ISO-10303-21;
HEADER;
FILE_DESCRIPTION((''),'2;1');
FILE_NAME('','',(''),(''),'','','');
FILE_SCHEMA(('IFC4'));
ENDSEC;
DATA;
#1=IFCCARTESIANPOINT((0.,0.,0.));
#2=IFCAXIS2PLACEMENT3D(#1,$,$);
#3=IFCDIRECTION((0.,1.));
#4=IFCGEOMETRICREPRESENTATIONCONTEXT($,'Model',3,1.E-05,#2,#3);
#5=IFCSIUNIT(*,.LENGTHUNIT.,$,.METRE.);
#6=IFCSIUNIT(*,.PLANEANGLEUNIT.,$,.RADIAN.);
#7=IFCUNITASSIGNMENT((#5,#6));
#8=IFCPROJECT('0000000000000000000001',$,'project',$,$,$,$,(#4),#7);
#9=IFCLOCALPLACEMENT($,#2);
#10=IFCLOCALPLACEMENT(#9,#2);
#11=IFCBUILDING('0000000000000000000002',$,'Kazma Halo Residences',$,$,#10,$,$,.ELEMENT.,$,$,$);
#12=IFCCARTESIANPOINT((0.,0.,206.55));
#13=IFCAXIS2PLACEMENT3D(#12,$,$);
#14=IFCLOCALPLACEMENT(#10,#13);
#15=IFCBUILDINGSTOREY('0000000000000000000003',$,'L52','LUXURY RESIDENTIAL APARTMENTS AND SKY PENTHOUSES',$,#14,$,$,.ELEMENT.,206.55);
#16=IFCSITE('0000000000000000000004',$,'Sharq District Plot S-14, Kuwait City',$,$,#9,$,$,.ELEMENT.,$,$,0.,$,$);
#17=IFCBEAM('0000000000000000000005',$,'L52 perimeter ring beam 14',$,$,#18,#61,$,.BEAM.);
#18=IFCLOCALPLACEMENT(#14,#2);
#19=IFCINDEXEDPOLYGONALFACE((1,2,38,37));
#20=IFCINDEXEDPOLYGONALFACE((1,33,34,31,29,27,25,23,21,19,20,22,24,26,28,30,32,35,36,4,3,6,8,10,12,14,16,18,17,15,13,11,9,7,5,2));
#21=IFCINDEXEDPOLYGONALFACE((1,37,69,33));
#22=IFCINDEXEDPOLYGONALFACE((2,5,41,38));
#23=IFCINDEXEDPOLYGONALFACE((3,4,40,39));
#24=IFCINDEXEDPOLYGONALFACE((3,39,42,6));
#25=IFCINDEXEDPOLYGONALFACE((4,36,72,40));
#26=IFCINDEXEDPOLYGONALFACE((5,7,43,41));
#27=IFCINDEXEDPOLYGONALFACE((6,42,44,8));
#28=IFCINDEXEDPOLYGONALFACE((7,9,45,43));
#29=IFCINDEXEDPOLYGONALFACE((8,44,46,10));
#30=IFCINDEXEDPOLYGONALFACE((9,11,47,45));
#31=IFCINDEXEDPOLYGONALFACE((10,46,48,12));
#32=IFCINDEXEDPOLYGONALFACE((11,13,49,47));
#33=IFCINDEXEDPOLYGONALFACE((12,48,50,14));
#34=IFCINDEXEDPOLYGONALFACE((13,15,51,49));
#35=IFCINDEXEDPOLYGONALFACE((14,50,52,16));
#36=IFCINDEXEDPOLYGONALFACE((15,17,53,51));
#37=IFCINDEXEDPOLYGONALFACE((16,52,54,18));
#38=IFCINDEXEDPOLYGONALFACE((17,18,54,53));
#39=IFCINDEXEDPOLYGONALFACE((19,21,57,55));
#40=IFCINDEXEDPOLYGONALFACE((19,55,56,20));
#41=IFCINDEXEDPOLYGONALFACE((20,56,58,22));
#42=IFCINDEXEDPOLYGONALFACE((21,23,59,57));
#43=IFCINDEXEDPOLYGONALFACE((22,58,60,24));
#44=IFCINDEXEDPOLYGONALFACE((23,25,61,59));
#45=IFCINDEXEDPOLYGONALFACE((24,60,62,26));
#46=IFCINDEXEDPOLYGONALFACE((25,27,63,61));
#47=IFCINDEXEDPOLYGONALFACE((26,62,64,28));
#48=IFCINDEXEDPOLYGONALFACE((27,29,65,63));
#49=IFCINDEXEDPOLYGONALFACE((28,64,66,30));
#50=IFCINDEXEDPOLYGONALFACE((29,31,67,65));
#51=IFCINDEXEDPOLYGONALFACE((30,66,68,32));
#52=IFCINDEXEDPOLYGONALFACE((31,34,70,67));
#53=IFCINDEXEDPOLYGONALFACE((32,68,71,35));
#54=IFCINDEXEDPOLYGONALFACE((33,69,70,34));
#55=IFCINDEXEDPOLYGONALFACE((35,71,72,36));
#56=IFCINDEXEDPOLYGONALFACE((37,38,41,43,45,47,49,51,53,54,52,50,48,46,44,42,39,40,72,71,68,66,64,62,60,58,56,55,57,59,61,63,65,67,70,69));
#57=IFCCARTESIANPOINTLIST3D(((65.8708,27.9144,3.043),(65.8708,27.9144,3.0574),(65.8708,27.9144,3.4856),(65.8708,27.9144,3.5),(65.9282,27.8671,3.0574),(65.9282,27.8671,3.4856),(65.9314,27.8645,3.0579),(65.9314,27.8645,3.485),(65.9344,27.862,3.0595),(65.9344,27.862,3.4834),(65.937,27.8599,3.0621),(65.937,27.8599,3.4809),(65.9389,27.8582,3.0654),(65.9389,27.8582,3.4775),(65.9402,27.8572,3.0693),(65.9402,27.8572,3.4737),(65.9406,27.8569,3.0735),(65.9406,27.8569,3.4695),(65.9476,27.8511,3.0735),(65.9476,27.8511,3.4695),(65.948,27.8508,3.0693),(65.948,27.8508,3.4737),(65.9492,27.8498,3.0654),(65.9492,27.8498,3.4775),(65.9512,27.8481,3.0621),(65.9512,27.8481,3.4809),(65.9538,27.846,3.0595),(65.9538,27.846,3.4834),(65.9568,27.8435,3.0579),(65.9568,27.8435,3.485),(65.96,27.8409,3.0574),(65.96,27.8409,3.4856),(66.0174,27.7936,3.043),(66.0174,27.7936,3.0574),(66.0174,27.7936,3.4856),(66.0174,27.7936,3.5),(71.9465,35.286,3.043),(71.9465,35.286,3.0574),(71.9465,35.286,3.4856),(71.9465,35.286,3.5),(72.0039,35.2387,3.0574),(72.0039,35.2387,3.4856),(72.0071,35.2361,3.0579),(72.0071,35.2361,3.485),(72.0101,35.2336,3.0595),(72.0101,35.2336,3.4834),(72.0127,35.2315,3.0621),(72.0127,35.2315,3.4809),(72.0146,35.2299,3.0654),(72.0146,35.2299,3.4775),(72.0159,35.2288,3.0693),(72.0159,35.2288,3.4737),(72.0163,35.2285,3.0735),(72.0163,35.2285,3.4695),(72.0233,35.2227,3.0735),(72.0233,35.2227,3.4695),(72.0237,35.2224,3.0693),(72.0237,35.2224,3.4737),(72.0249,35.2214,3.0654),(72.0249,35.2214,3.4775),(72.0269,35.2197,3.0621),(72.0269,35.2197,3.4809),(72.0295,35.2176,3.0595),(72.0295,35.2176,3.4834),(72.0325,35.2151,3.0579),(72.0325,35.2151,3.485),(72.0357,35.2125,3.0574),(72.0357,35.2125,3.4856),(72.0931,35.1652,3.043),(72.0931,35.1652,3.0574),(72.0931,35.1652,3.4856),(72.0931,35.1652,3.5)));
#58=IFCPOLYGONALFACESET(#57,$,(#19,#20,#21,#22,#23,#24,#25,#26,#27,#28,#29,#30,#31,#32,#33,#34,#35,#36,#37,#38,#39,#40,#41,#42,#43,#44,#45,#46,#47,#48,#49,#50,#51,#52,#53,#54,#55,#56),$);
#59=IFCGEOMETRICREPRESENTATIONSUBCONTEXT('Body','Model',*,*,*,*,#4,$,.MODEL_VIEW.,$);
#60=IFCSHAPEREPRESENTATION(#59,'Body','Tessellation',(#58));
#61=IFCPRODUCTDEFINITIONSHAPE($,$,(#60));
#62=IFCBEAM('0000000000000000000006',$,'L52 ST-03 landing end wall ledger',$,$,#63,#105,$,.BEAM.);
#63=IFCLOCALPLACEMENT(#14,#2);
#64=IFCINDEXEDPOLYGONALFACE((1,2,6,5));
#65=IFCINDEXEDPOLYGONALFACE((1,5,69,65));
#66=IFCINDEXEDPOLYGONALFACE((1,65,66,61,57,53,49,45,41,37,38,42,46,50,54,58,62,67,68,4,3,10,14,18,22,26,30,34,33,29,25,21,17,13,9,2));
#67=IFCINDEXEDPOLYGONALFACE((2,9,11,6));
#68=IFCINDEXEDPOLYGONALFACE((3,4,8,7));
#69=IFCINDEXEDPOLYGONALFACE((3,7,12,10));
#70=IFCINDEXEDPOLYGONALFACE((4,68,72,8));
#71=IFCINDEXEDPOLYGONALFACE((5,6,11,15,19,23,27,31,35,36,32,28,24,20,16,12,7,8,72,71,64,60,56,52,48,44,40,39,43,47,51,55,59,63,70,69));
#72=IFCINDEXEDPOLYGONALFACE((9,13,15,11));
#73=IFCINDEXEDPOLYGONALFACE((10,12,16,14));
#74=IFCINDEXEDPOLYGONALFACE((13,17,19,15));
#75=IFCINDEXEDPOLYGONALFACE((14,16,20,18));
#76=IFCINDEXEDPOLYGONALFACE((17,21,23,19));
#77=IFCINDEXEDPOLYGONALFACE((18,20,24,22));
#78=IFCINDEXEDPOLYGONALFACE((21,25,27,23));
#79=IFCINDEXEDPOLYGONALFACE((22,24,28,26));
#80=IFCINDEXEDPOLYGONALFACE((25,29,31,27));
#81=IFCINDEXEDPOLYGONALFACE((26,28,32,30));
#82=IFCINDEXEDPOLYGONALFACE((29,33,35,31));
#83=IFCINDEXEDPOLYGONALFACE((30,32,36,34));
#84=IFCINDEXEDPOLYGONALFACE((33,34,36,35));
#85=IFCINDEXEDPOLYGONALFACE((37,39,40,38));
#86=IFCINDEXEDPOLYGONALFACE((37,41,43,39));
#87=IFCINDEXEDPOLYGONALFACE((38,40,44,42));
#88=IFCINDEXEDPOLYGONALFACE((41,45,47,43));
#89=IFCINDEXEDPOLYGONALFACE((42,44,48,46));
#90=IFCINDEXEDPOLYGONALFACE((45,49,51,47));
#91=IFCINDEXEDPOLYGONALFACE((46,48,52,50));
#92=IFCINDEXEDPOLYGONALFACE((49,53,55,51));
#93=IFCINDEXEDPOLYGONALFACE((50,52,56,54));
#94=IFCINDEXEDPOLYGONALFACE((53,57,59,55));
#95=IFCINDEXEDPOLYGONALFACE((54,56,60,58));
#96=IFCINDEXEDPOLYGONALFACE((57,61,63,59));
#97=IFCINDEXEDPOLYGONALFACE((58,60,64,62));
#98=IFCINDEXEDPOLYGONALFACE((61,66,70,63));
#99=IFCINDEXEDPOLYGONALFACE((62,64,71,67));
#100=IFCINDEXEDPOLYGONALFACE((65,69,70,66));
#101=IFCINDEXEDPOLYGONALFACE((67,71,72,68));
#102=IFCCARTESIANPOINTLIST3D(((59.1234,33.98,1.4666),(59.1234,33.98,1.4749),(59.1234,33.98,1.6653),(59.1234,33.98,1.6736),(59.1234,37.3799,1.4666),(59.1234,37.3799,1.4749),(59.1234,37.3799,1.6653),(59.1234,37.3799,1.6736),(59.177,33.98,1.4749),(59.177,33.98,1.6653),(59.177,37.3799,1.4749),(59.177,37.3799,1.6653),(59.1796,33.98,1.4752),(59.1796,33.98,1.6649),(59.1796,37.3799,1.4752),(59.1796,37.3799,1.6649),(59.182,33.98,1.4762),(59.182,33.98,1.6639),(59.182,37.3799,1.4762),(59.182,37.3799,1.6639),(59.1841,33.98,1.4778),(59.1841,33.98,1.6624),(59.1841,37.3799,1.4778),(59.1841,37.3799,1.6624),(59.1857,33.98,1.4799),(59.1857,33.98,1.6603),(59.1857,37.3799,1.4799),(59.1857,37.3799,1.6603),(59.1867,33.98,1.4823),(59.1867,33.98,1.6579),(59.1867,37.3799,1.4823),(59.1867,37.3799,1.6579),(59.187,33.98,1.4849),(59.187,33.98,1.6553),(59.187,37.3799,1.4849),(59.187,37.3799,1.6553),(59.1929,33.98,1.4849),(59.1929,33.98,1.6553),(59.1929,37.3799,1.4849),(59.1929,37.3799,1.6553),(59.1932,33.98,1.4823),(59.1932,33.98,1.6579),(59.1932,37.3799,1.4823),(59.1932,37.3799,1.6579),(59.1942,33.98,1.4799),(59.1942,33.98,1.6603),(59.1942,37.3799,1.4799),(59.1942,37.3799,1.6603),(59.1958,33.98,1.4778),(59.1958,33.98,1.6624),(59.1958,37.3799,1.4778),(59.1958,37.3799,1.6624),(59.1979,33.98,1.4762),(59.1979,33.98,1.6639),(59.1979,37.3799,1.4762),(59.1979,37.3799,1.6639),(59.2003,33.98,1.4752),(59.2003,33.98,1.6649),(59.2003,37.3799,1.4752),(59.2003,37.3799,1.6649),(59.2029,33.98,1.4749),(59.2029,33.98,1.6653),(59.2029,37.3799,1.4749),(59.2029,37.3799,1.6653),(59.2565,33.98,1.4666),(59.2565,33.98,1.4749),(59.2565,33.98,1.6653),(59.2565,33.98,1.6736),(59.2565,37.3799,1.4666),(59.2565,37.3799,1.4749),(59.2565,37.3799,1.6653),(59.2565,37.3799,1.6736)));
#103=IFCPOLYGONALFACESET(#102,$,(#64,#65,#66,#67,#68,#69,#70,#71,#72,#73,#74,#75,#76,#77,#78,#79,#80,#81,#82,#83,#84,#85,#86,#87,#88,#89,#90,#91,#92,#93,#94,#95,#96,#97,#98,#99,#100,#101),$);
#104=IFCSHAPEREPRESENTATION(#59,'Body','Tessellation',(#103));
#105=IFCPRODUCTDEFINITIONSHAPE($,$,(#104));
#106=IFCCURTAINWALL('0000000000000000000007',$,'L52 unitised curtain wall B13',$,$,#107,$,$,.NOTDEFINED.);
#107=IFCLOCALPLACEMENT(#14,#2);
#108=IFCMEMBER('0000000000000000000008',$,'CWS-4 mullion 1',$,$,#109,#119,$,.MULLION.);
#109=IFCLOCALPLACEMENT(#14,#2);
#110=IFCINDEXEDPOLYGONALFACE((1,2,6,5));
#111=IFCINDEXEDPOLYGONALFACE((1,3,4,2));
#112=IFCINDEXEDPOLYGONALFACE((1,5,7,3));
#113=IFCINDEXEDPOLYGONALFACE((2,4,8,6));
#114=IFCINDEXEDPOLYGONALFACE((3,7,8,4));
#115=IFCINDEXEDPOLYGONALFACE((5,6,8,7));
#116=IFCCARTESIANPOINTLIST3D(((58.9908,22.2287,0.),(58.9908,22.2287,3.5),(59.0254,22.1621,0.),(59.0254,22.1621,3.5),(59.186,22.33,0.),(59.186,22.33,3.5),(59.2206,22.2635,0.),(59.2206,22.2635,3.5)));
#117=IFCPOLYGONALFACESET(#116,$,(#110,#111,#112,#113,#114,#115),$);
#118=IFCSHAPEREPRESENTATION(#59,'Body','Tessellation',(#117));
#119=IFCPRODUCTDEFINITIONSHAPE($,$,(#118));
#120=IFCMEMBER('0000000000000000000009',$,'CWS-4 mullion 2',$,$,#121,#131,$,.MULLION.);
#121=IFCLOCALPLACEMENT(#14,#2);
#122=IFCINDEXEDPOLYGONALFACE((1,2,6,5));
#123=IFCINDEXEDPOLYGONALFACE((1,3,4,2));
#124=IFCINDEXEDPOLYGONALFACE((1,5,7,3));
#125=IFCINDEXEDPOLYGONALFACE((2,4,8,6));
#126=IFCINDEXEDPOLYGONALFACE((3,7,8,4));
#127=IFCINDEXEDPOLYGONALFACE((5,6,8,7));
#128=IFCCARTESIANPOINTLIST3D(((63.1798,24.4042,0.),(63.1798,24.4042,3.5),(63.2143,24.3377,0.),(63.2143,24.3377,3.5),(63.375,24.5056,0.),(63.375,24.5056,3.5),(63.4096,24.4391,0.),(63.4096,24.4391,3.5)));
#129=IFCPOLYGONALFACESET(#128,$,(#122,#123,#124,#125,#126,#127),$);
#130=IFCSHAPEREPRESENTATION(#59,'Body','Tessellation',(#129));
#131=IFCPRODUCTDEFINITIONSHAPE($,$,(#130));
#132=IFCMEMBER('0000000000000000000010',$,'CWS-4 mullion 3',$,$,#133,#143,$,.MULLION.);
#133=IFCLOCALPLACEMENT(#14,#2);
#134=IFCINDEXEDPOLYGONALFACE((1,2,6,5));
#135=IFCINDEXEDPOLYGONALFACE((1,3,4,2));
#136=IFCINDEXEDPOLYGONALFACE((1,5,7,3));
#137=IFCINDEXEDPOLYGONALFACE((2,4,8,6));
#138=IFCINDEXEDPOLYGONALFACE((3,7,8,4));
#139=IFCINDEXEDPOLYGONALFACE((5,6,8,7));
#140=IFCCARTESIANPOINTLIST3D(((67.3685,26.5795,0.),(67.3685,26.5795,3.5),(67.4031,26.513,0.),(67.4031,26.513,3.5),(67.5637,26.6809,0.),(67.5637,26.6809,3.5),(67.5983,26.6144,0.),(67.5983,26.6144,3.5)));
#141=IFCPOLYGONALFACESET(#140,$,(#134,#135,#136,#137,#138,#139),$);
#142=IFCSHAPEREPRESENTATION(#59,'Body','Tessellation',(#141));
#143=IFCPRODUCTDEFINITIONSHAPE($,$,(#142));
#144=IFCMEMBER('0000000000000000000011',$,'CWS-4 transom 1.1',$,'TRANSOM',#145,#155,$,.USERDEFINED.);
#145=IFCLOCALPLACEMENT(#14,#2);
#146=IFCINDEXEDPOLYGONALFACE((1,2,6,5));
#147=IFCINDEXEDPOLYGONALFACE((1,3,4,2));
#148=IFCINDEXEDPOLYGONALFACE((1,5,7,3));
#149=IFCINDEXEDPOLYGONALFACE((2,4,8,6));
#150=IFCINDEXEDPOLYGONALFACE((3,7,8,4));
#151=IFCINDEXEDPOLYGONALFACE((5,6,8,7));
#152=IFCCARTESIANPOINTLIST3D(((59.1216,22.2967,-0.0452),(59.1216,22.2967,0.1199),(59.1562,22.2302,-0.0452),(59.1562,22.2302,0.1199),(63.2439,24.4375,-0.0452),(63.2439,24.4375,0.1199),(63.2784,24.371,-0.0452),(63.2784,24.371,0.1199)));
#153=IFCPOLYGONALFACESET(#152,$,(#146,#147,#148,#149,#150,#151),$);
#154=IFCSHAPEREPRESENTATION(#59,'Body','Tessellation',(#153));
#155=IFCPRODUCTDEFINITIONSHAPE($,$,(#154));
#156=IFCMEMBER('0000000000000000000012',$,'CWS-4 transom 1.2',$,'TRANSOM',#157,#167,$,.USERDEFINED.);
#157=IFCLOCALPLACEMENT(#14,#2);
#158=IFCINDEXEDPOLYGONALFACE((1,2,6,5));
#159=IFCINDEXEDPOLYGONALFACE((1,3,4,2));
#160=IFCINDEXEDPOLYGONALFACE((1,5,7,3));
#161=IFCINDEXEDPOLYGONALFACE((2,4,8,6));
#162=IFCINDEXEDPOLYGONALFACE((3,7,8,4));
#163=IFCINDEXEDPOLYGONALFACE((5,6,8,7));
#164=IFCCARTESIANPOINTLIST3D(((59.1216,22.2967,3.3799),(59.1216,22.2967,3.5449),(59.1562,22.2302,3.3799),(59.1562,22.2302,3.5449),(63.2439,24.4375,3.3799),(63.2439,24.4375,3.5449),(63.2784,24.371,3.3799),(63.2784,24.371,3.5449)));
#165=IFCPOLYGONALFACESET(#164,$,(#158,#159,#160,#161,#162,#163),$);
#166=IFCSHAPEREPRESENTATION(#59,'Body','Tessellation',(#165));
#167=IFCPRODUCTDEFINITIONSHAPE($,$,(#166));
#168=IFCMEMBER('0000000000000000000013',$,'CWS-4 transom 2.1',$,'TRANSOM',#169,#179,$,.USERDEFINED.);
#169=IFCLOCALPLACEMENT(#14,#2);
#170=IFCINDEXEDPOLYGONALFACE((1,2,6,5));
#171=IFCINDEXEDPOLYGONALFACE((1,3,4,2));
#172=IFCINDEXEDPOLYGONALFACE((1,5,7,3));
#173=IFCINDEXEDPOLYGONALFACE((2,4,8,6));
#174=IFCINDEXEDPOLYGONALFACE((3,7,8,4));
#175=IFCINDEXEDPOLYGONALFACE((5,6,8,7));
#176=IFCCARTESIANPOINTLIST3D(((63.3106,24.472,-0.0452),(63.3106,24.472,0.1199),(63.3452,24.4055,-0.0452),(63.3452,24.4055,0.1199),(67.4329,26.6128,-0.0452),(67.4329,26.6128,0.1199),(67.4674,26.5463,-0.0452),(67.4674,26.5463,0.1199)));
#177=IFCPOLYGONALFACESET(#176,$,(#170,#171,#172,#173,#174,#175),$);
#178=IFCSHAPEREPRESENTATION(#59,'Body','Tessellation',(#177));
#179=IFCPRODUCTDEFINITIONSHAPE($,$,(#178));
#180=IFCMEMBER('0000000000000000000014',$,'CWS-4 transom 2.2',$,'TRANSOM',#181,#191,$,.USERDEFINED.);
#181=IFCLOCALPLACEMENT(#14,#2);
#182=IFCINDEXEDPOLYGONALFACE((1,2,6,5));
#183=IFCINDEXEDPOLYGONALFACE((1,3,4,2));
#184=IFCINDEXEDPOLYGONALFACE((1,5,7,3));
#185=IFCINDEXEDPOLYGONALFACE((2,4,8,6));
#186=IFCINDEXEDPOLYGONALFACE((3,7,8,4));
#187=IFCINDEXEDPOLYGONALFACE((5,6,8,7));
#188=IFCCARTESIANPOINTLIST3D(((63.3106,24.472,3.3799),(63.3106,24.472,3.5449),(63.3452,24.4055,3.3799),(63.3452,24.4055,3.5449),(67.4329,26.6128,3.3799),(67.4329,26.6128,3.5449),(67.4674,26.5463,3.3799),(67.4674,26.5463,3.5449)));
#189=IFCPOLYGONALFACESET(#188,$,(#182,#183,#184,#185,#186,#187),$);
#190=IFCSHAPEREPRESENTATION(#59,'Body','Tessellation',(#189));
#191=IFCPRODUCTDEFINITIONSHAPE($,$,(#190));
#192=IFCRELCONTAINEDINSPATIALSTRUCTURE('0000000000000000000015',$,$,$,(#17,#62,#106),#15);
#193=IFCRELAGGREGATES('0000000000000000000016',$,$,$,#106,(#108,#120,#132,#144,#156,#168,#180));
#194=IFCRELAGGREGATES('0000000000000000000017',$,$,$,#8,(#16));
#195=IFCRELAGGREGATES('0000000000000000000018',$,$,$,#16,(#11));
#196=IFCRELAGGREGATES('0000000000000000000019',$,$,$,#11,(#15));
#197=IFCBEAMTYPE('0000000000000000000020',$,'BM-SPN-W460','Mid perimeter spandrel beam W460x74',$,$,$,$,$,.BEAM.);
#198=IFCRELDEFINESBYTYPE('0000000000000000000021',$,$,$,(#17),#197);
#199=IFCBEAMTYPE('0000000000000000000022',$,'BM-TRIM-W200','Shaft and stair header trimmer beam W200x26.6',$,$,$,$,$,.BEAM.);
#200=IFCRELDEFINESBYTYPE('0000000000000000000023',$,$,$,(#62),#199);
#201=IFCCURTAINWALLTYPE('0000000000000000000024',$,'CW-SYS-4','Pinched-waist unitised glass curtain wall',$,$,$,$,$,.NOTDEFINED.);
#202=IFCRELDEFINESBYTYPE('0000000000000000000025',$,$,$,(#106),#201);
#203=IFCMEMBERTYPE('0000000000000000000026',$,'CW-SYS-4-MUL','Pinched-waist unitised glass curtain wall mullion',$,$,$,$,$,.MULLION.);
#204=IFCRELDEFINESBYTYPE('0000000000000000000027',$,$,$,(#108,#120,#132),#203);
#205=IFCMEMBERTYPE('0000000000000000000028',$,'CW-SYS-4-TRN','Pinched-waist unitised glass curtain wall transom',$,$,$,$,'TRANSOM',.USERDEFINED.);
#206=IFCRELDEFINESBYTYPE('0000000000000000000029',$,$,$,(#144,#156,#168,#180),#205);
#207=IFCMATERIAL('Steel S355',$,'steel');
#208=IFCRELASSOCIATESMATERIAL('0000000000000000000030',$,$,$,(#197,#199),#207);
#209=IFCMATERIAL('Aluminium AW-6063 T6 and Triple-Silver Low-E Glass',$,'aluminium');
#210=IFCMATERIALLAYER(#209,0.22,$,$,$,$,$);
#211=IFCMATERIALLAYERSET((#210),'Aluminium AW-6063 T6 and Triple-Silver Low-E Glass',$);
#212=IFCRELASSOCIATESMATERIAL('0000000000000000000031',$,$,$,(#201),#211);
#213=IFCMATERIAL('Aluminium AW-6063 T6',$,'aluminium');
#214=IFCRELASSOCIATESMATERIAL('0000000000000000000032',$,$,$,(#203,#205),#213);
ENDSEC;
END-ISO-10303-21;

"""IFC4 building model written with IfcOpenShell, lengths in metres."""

from ifc_helpers import new_model, si_unit, direction, frame, origin, origin_2d, place, context, subcontext, project, spatial, rectangle, i_section, extrude, material, layer, layer_set, material_profile, profile_set, type_object, element, aggregate, save


model = new_model("IFC4")

# Units and contexts
model_context = context("Model", 3, precision=1e-05, world=origin(), true_north=direction((0.0, 1.0)))
body_context = subcontext(model_context, "Body", "Model", "MODEL_VIEW")
ifc_project = project(units=[si_unit("LENGTHUNIT", "METRE"), si_unit("PLANEANGLEUNIT", "RADIAN")], contexts=[model_context])

# Site, building, storey
site_placement = place(None, origin())
site = spatial("IfcSite", under=ifc_project, at=site_placement, Name="Sharq District Plot S-14, Kuwait City", CompositionType="ELEMENT", RefElevation=0.0)
building_placement = place(site_placement, origin())
building = spatial("IfcBuilding", under=site, at=building_placement, Name="Kazma Halo Residences", CompositionType="ELEMENT")
storey_placement = place(building_placement, frame((0.0, 0.0, 206.55)))
storey = spatial("IfcBuildingStorey", under=building, at=storey_placement, Name="L52", Description="LUXURY RESIDENTIAL APARTMENTS AND SKY PENTHOUSES", CompositionType="ELEMENT", Elevation=206.55)

# Beams
ifc_material_1 = material(Name="Steel S355", Category="steel")
ifc_material_profile_1 = material_profile(ifc_material_1, i_section(OverallWidth=0.1899, OverallDepth=0.457, WebThickness=0.009, FlangeThickness=0.0144, FilletRadius=0.0161, at=origin_2d()), Name="W460x74")
ifc_profile_set_1 = profile_set([ifc_material_profile_1], Name="Steel S355")
beam_type_1 = type_object("IfcBeamType", Name="BM-SPN-W460", Description="Mid perimeter spandrel beam W460x74", PredefinedType="BEAM", material=ifc_profile_set_1)
beam_1_placement = place(storey_placement, frame((65.9441, 27.854, 3.2715), z_axis=(0.636017, 0.771675, 0.0), x_axis=(-0.771675, 0.636017, 0.0)))
element("IfcBeam", 1, at=beam_1_placement, inside=storey, type_object=beam_type_1, Name="L52 perimeter ring beam 14", PredefinedType="BEAM", context=body_context, shape_type="SweptSolid", body=[
    extrude(i_section(OverallWidth=0.1899, OverallDepth=0.457, WebThickness=0.009, FlangeThickness=0.0144, FilletRadius=0.0161, at=origin_2d()), origin(), (0.0, 0.0, 1.0), 9.5527),
])
ifc_material_profile_2 = material_profile(ifc_material_1, i_section(OverallWidth=0.1331, OverallDepth=0.207, WebThickness=0.0059, FlangeThickness=0.0083, FilletRadius=0.01, at=origin_2d()), Name="W200x26.6")
ifc_profile_set_2 = profile_set([ifc_material_profile_2], Name="Steel S355")
beam_type_2 = type_object("IfcBeamType", Name="BM-TRIM-W200", Description="Shaft and stair header trimmer beam W200x26.6", PredefinedType="BEAM", material=ifc_profile_set_2)
beam_2_placement = place(storey_placement, frame((59.1899, 33.98, 1.5701), z_axis=(0.0, 1.0, 0.0), x_axis=(-1.0, 0.0, 0.0)))
element("IfcBeam", 2, at=beam_2_placement, inside=storey, type_object=beam_type_2, Name="L52 ST-03 landing end wall ledger", PredefinedType="BEAM", context=body_context, shape_type="SweptSolid", body=[
    extrude(i_section(OverallWidth=0.1331, OverallDepth=0.207, WebThickness=0.0059, FlangeThickness=0.0083, FilletRadius=0.01, at=origin_2d()), origin(), (0.0, 0.0, 1.0), 3.3999),
])

# Curtain wall, members
ifc_material_2 = material(Name="Aluminium AW-6063 T6 and Triple-Silver Low-E Glass", Category="aluminium")
ifc_layer_1 = layer(ifc_material_2, 0.22)
ifc_layer_set_1 = layer_set([ifc_layer_1], Name="Aluminium AW-6063 T6 and Triple-Silver Low-E Glass")
curtain_wall_type = type_object("IfcCurtainWallType", Name="CW-SYS-4", Description="Pinched-waist unitised glass curtain wall", PredefinedType="NOTDEFINED", material=ifc_layer_set_1)
curtain_wall_placement = place(storey_placement, origin())
curtain_wall = element("IfcCurtainWall", 3, at=curtain_wall_placement, inside=storey, type_object=curtain_wall_type, Name="L52 unitised curtain wall B13", PredefinedType="NOTDEFINED")
ifc_material_3 = material(Name="Aluminium AW-6063 T6", Category="aluminium")
ifc_material_profile_3 = material_profile(ifc_material_3, rectangle(XDim=0.075, YDim=0.22, at=origin_2d()), Name="CWM-75x220")
ifc_profile_set_3 = profile_set([ifc_material_profile_3], Name="Aluminium AW-6063 T6")
member_type_1 = type_object("IfcMemberType", Name="CW-SYS-4-MUL", Description="Pinched-waist unitised glass curtain wall mullion", PredefinedType="MULLION", material=ifc_profile_set_3)
member_1_placement = place(storey_placement, frame((59.1057, 22.2461, 0.0), z_axis=(0.0, 0.0, 1.0), x_axis=(-0.460874, 0.887466, 0.0)))
member_1 = element("IfcMember", 4, at=member_1_placement, type_object=member_type_1, Name="CWS-4 mullion 1", PredefinedType="MULLION", context=body_context, shape_type="SweptSolid", body=[
    extrude(rectangle(XDim=0.075, YDim=0.22, at=origin_2d()), origin(), (0.0, 0.0, 1.0), 3.5),
])
member_2_placement = place(storey_placement, frame((63.2947, 24.4216, 0.0), z_axis=(0.0, 0.0, 1.0), x_axis=(-0.460874, 0.887466, 0.0)))
member_2 = element("IfcMember", 5, at=member_2_placement, type_object=member_type_1, Name="CWS-4 mullion 2", PredefinedType="MULLION", context=body_context, shape_type="SweptSolid", body=[
    extrude(rectangle(XDim=0.075, YDim=0.22, at=origin_2d()), origin(), (0.0, 0.0, 1.0), 3.5),
])
member_3_placement = place(storey_placement, frame((67.4834, 26.5969, 0.0), z_axis=(0.0, 0.0, 1.0), x_axis=(-0.460874, 0.887466, 0.0)))
member_3 = element("IfcMember", 6, at=member_3_placement, type_object=member_type_1, Name="CWS-4 mullion 3", PredefinedType="MULLION", context=body_context, shape_type="SweptSolid", body=[
    extrude(rectangle(XDim=0.075, YDim=0.22, at=origin_2d()), origin(), (0.0, 0.0, 1.0), 3.5),
])
ifc_material_profile_4 = material_profile(ifc_material_3, rectangle(XDim=0.075, YDim=0.165, at=origin_2d()), Name="CWT-75x165")
ifc_profile_set_4 = profile_set([ifc_material_profile_4], Name="Aluminium AW-6063 T6")
member_type_2 = type_object("IfcMemberType", Name="CW-SYS-4-TRN", Description="Pinched-waist unitised glass curtain wall transom", ElementType="TRANSOM", PredefinedType="USERDEFINED", material=ifc_profile_set_4)
member_4_placement = place(storey_placement, frame((59.1389, 22.2634, 0.0374), z_axis=(0.887458, 0.460889, 0.0), x_axis=(-0.460889, 0.887458, 0.0)))
member_4 = element("IfcMember", 7, at=member_4_placement, type_object=member_type_2, Name="CWS-4 transom 1.1", ObjectType="TRANSOM", PredefinedType="USERDEFINED", context=body_context, shape_type="SweptSolid", body=[
    extrude(rectangle(XDim=0.075, YDim=0.165, at=origin_2d()), origin(), (0.0, 0.0, 1.0), 4.645),
])
member_5_placement = place(storey_placement, frame((59.1389, 22.2634, 3.4624), z_axis=(0.887458, 0.460889, 0.0), x_axis=(-0.460889, 0.887458, 0.0)))
member_5 = element("IfcMember", 8, at=member_5_placement, type_object=member_type_2, Name="CWS-4 transom 1.2", ObjectType="TRANSOM", PredefinedType="USERDEFINED", context=body_context, shape_type="SweptSolid", body=[
    extrude(rectangle(XDim=0.075, YDim=0.165, at=origin_2d()), origin(), (0.0, 0.0, 1.0), 4.645),
])
member_6_placement = place(storey_placement, frame((63.3279, 24.4387, 0.0374), z_axis=(0.887458, 0.460889, 0.0), x_axis=(-0.460889, 0.887458, 0.0)))
member_6 = element("IfcMember", 9, at=member_6_placement, type_object=member_type_2, Name="CWS-4 transom 2.1", ObjectType="TRANSOM", PredefinedType="USERDEFINED", context=body_context, shape_type="SweptSolid", body=[
    extrude(rectangle(XDim=0.075, YDim=0.165, at=origin_2d()), origin(), (0.0, 0.0, 1.0), 4.645),
])
member_7_placement = place(storey_placement, frame((63.3279, 24.4387, 3.4624), z_axis=(0.887458, 0.460889, 0.0), x_axis=(-0.460889, 0.887458, 0.0)))
member_7 = element("IfcMember", 10, at=member_7_placement, type_object=member_type_2, Name="CWS-4 transom 2.2", ObjectType="TRANSOM", PredefinedType="USERDEFINED", context=body_context, shape_type="SweptSolid", body=[
    extrude(rectangle(XDim=0.075, YDim=0.165, at=origin_2d()), origin(), (0.0, 0.0, 1.0), 4.645),
])
aggregate(curtain_wall, [member_1, member_2, member_3, member_4, member_5, member_6, member_7])

save(model, "model.ifc")
